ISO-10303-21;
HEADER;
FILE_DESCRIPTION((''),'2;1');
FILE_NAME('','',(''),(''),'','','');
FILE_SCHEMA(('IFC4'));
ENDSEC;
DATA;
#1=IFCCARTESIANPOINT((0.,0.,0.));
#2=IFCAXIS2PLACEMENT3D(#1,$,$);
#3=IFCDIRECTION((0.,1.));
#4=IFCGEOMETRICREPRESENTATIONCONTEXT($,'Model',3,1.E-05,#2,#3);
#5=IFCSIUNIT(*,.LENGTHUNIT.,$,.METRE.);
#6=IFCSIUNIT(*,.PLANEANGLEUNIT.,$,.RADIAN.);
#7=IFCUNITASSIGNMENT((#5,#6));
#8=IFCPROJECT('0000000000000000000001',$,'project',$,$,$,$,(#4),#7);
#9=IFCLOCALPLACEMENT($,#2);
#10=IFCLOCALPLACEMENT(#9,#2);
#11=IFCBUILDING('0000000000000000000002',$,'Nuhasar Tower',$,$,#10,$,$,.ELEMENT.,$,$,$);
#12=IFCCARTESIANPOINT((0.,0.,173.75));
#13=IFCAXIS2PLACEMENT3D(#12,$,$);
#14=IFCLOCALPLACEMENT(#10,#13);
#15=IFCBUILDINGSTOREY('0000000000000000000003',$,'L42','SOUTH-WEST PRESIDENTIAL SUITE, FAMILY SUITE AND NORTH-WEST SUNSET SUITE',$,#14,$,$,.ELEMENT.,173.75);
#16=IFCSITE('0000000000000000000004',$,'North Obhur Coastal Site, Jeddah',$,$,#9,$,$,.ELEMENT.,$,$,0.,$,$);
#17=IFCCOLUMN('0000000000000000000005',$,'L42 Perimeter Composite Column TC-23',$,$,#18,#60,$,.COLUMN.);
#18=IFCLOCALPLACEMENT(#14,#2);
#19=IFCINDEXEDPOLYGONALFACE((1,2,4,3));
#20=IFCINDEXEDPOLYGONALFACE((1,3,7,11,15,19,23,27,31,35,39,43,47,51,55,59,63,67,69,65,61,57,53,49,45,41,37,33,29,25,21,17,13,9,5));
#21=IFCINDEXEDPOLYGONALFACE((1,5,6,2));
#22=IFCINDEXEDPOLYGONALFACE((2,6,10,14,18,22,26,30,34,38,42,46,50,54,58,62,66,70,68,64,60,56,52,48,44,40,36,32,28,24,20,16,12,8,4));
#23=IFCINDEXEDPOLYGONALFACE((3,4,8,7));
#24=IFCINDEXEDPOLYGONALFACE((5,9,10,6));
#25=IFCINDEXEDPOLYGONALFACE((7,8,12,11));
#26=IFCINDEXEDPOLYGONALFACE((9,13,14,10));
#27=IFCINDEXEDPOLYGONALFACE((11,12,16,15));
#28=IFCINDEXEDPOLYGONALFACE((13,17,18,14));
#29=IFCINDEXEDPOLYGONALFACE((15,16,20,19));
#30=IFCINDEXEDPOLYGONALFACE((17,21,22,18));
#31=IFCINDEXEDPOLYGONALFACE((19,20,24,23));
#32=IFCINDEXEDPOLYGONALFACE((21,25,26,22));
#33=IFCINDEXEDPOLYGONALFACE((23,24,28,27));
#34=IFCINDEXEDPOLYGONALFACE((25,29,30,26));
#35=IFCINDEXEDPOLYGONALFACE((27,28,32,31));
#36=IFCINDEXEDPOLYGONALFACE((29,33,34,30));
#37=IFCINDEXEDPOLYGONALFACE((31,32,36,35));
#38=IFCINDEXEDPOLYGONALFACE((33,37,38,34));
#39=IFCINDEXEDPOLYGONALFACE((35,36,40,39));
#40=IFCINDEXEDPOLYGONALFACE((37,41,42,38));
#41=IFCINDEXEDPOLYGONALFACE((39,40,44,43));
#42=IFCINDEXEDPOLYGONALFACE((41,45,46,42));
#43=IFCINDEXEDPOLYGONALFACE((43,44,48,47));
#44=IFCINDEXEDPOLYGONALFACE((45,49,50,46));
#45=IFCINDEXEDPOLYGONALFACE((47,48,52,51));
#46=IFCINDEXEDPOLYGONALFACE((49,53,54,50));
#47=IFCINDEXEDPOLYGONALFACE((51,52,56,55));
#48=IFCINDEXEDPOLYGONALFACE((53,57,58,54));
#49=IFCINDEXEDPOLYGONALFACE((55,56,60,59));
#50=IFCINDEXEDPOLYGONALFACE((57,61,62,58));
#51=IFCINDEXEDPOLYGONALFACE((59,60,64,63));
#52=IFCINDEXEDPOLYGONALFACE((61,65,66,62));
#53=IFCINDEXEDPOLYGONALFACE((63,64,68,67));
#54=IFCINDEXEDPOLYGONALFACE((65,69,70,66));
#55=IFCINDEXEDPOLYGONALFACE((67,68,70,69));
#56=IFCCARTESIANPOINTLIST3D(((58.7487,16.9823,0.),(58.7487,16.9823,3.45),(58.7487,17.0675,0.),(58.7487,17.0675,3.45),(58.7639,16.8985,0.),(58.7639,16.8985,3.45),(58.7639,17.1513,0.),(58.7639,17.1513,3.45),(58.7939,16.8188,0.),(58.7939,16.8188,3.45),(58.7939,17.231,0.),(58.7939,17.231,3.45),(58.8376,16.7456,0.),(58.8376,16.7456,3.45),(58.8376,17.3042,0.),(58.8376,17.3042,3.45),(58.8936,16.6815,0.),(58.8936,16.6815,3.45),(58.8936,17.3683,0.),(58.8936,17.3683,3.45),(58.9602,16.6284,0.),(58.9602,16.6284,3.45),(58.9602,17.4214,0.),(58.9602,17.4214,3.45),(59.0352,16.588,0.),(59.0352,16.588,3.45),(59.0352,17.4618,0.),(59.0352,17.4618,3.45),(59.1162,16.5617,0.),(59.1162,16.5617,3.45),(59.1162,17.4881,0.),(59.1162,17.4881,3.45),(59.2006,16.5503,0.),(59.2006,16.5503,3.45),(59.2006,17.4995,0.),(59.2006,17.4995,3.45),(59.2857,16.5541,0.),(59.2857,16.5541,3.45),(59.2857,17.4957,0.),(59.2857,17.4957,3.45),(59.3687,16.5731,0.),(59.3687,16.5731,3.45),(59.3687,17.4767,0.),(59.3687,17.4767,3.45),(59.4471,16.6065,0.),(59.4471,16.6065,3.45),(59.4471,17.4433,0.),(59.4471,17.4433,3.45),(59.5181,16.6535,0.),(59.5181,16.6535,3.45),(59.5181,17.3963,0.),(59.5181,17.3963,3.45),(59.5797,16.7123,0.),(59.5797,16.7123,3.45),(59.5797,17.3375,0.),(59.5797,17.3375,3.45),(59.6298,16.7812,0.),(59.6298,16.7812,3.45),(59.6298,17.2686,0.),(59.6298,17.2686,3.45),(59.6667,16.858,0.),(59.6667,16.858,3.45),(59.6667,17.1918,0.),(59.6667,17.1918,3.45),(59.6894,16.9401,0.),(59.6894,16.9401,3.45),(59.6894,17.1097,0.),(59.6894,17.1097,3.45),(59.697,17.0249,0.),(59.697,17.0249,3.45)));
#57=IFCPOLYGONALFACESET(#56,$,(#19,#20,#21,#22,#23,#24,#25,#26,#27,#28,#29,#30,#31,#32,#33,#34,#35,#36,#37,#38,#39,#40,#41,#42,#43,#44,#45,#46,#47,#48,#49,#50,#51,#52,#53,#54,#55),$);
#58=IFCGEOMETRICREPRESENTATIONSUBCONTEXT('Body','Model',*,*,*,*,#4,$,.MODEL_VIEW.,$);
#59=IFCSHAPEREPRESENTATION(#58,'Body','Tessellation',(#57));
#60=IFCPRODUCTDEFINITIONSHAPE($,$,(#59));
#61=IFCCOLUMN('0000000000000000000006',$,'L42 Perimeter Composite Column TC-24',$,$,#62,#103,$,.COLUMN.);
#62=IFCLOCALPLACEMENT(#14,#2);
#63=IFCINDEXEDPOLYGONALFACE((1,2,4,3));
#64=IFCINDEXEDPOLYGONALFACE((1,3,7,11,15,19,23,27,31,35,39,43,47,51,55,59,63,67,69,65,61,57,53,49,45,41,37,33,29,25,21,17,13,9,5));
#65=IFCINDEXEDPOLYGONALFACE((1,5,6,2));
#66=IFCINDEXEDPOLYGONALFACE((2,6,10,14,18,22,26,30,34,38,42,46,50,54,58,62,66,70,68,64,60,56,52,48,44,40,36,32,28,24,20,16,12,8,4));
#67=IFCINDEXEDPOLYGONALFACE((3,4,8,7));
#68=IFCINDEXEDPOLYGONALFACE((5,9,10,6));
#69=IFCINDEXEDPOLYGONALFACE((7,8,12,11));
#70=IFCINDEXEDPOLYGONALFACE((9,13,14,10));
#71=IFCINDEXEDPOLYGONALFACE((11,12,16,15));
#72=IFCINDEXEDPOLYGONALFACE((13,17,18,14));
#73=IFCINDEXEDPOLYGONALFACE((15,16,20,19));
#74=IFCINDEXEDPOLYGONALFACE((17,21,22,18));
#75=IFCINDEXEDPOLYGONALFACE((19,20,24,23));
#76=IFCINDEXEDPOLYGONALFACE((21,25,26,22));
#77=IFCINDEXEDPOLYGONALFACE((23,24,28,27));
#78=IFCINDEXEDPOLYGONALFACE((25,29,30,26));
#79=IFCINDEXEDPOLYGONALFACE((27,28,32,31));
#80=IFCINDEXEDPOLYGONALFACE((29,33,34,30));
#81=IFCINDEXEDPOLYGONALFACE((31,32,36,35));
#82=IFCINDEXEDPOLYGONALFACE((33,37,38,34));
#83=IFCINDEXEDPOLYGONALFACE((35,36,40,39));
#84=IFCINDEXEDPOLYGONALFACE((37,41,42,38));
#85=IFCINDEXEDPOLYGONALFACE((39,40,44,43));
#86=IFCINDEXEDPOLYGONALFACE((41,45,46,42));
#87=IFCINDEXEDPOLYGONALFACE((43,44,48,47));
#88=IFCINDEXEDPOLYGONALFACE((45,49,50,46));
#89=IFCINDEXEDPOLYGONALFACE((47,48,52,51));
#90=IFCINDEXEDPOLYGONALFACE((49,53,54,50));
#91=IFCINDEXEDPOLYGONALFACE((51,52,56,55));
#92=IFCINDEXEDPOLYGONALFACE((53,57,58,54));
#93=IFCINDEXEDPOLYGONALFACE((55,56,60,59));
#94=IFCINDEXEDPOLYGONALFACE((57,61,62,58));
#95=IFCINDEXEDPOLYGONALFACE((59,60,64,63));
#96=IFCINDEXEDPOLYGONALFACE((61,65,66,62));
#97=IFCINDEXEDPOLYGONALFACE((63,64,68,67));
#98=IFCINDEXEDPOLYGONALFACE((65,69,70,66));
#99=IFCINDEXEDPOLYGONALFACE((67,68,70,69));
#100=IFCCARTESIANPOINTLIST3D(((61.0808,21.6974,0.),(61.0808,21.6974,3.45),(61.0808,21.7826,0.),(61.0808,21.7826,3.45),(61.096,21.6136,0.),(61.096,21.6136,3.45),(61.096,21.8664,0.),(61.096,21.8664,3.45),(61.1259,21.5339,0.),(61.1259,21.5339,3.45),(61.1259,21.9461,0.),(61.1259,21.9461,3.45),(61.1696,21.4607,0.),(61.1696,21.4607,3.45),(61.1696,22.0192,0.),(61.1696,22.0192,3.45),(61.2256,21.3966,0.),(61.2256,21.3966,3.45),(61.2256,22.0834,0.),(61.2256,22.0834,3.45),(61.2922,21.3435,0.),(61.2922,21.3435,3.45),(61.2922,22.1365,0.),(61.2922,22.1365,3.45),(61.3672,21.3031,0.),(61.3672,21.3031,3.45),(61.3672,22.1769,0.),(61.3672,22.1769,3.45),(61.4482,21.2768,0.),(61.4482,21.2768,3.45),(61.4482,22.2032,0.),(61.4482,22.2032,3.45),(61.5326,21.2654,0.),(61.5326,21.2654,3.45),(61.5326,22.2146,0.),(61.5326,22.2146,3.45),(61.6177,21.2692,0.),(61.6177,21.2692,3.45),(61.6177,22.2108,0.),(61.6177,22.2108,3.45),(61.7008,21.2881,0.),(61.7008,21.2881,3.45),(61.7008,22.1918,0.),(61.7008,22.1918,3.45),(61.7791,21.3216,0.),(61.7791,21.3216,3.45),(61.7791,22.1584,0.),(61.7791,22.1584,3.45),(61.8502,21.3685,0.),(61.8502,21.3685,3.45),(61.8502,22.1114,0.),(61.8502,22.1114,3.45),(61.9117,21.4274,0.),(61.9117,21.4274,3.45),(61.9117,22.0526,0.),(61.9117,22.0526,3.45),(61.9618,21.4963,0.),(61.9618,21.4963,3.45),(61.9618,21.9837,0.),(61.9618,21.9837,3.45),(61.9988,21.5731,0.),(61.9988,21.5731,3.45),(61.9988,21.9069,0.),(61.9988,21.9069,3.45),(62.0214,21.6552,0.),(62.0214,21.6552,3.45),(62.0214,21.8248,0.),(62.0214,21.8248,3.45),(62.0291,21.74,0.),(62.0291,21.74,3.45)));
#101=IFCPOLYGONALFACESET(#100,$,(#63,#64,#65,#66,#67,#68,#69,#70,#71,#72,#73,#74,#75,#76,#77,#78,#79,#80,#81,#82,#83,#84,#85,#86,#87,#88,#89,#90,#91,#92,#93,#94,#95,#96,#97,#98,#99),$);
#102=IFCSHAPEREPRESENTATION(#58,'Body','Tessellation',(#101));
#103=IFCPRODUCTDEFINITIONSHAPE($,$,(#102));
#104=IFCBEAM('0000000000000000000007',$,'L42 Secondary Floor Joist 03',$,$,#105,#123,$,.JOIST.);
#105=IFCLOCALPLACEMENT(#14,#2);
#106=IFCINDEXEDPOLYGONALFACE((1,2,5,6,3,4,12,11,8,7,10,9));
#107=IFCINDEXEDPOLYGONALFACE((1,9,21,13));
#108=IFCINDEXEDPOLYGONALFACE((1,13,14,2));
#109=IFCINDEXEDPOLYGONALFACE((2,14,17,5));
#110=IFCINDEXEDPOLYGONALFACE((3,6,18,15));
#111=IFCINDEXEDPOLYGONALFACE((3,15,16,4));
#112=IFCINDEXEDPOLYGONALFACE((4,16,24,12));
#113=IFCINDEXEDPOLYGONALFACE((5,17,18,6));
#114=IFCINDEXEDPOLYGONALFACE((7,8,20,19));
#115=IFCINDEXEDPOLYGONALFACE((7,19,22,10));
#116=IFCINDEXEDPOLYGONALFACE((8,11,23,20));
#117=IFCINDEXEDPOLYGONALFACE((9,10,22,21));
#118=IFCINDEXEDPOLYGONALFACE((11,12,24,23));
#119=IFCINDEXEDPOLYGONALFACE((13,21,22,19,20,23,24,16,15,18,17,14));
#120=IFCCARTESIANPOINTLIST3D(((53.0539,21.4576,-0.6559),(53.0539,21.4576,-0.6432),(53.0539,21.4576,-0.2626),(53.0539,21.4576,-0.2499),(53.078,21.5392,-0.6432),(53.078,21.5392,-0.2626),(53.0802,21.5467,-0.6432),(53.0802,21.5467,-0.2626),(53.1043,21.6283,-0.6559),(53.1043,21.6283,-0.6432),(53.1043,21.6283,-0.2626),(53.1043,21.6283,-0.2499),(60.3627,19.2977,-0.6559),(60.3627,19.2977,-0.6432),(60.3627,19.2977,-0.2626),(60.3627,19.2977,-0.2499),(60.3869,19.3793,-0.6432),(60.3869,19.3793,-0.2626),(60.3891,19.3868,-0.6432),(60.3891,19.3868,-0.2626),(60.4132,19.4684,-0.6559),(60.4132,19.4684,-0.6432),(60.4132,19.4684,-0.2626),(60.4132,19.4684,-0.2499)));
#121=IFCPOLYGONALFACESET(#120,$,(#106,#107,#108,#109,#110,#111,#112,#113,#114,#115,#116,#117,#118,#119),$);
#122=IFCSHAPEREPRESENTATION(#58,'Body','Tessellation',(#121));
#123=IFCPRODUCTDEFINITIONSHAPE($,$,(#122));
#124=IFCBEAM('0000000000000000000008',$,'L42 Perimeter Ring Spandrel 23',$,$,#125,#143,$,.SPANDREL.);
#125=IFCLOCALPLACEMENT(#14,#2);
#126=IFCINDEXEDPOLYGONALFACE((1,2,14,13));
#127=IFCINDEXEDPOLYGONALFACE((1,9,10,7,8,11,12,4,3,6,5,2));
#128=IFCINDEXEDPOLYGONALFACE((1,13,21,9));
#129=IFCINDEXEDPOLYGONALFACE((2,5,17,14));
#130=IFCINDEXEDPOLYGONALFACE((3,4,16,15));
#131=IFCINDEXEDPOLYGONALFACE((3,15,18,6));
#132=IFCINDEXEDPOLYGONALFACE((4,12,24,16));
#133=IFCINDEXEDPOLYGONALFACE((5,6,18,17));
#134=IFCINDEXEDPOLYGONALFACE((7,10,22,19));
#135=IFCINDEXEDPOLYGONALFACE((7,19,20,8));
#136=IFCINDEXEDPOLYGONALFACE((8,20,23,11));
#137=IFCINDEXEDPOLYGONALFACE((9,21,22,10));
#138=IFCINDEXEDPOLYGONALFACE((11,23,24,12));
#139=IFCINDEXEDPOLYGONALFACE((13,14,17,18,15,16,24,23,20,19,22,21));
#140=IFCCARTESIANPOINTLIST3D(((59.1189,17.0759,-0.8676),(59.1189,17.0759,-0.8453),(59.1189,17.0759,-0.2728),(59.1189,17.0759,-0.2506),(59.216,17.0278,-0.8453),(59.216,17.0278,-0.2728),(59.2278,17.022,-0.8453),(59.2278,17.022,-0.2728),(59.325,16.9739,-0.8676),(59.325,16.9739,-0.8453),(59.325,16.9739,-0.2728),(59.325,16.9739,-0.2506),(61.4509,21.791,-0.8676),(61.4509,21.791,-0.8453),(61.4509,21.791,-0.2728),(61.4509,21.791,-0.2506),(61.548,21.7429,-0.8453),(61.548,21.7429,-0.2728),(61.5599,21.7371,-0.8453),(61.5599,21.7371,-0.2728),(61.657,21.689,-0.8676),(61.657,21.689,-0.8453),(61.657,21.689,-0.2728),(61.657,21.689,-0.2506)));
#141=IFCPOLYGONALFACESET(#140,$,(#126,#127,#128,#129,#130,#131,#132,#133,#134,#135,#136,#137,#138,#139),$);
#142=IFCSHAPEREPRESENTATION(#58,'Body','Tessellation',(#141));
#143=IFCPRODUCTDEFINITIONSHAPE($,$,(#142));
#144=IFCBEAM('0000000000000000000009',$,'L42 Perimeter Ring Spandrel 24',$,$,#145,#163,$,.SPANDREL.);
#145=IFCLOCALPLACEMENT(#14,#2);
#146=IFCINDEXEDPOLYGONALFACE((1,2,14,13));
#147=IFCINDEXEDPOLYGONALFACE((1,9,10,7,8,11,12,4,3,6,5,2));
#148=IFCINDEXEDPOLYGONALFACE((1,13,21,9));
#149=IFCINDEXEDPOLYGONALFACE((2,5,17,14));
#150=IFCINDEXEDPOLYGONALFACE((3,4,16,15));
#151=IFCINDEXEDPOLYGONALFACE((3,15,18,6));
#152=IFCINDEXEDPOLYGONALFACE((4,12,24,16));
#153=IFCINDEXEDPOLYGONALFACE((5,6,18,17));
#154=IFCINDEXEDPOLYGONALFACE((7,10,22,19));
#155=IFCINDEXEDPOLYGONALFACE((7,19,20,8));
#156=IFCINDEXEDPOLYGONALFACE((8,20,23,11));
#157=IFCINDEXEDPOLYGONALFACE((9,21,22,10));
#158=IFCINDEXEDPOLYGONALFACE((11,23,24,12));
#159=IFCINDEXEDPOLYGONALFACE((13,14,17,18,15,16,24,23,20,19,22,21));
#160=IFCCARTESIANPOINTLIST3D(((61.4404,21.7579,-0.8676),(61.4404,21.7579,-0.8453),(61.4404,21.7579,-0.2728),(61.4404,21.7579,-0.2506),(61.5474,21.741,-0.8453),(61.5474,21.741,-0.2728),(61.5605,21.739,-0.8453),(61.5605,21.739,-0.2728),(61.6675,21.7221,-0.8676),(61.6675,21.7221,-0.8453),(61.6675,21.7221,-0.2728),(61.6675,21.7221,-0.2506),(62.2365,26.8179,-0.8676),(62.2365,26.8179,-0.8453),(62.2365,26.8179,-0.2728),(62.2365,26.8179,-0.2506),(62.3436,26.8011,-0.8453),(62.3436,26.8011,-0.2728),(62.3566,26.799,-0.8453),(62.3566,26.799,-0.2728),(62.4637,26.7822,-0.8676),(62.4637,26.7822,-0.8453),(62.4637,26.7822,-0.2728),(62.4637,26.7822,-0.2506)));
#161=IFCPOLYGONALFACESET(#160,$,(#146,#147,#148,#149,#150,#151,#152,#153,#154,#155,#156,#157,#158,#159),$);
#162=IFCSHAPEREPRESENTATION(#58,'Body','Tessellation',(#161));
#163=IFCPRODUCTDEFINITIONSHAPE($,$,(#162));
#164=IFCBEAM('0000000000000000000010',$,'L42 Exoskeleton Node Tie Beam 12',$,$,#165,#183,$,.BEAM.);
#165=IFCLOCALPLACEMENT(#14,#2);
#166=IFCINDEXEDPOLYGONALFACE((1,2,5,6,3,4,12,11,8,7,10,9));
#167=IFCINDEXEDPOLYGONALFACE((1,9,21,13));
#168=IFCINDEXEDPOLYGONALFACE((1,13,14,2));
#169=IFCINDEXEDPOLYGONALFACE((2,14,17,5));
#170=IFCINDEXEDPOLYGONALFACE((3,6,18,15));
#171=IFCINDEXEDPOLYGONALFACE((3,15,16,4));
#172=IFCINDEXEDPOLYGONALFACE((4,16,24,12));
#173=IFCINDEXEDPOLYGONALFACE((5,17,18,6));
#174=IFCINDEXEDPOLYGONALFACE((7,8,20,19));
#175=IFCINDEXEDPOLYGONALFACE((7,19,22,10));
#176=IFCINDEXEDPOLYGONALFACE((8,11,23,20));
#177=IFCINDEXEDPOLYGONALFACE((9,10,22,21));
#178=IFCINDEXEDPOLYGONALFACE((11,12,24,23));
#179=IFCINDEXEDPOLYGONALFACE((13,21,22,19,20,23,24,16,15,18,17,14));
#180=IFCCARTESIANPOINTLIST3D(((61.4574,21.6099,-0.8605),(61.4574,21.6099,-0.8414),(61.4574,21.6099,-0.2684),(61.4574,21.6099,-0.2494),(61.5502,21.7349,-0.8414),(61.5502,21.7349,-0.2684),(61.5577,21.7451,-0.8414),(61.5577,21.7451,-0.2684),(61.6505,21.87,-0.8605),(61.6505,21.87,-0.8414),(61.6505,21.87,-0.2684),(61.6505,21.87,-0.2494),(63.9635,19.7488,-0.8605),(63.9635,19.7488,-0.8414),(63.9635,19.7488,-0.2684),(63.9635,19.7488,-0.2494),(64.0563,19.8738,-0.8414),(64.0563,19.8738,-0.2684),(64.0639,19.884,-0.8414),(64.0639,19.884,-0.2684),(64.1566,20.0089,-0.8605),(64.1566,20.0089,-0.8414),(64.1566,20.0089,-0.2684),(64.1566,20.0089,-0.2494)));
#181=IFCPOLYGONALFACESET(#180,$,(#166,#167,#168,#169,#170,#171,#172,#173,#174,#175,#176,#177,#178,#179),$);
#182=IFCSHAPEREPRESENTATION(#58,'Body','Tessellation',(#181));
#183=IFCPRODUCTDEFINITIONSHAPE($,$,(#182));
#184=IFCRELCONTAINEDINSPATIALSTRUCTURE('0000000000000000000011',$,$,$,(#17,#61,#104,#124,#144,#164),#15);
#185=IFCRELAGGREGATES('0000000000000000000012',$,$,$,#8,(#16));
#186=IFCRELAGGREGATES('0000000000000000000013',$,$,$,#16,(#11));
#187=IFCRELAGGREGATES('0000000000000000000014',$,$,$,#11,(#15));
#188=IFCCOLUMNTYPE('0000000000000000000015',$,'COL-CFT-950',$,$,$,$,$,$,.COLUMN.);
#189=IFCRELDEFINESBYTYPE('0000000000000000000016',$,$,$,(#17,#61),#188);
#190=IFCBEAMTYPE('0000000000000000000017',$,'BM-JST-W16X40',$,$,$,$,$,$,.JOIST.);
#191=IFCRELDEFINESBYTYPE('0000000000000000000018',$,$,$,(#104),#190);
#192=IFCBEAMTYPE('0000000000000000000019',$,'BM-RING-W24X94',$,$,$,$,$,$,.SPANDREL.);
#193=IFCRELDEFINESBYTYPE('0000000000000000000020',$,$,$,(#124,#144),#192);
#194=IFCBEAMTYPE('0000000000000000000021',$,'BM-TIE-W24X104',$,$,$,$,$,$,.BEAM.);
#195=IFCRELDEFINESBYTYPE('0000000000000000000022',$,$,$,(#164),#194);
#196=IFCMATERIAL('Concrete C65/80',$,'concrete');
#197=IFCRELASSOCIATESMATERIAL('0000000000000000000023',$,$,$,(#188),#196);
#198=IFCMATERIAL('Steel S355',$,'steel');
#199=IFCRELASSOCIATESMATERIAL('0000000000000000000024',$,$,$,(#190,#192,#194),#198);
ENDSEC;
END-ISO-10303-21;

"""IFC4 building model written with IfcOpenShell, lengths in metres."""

from ifc_helpers import new_model, si_unit, direction, frame, origin, origin_2d, place, context, subcontext, project, spatial, circle, i_section, extrude, material, material_profile, profile_set, type_object, element, save


model = new_model("IFC4")

# Units and contexts
model_context = context("Model", 3, precision=1e-05, world=origin(), true_north=direction((0.0, 1.0)))
body_context = subcontext(model_context, "Body", "Model", "MODEL_VIEW")
ifc_project = project(units=[si_unit("LENGTHUNIT", "METRE"), si_unit("PLANEANGLEUNIT", "RADIAN")], contexts=[model_context])

# Site, building, storey
site_placement = place(None, origin())
site = spatial("IfcSite", under=ifc_project, at=site_placement, Name="North Obhur Coastal Site, Jeddah", CompositionType="ELEMENT", RefElevation=0.0)
building_placement = place(site_placement, origin())
building = spatial("IfcBuilding", under=site, at=building_placement, Name="Nuhasar Tower", CompositionType="ELEMENT")
storey_placement = place(building_placement, frame((0.0, 0.0, 173.75)))
storey = spatial("IfcBuildingStorey", under=building, at=storey_placement, Name="L42", Description="SOUTH-WEST PRESIDENTIAL SUITE, FAMILY SUITE AND NORTH-WEST SUNSET SUITE", CompositionType="ELEMENT", Elevation=173.75)

# Columns
ifc_material_1 = material(Name="Concrete C65/80", Category="concrete")
ifc_material_profile_1 = material_profile(ifc_material_1, circle(Radius=0.4751, at=origin_2d()), Name="CFT950")
ifc_profile_set_1 = profile_set([ifc_material_profile_1], Name="Concrete C65/80")
column_type = type_object("IfcColumnType", Name="COL-CFT-950", PredefinedType="COLUMN", material=ifc_profile_set_1)
for number, where, z_axis, x_axis, name in (
    (1, (59.2219, 17.0249, 0.0), (0.0, 0.0, 1.0), (1.0, 0.0, 0.0), "L42 Perimeter Composite Column TC-23"),
    (2, (61.554, 21.74, 0.0), (0.0, 0.0, 1.0), (1.0, 0.0, 0.0), "L42 Perimeter Composite Column TC-24"),
):
    element("IfcColumn", number, at=place(storey_placement, frame(where, z_axis=z_axis, x_axis=x_axis)), inside=storey, type_object=column_type, Name=name, PredefinedType="COLUMN", context=body_context, shape_type="SweptSolid", body=[
        extrude(circle(Radius=0.4751, at=origin_2d()), origin(), (0.0, 0.0, 1.0), 3.45),
    ])

# Beams
ifc_material_2 = material(Name="Steel S355", Category="steel")
ifc_material_profile_2 = material_profile(ifc_material_2, i_section(OverallWidth=0.178, OverallDepth=0.406, WebThickness=0.0078, FlangeThickness=0.0127, at=origin_2d()), Name="W16X40")
ifc_profile_set_2 = profile_set([ifc_material_profile_2], Name="Steel S355")
beam_type_1 = type_object("IfcBeamType", Name="BM-JST-W16X40", PredefinedType="JOIST", material=ifc_profile_set_2)
beam_1_placement = place(storey_placement, frame((53.0791, 21.543, -0.4529), z_axis=(0.959, -0.283404, 0.0), x_axis=(0.283404, 0.959, 0.0)))
element("IfcBeam", 3, at=beam_1_placement, inside=storey, type_object=beam_type_1, Name="L42 Secondary Floor Joist 03", PredefinedType="JOIST", context=body_context, shape_type="SweptSolid", body=[
    extrude(i_section(OverallWidth=0.178, OverallDepth=0.406, WebThickness=0.0078, FlangeThickness=0.0127, at=origin_2d()), origin(), (0.0, 0.0, 1.0), 7.6213),
])
ifc_material_profile_3 = material_profile(ifc_material_2, i_section(OverallWidth=0.23, OverallDepth=0.6169, WebThickness=0.0132, FlangeThickness=0.0222, at=origin_2d()), Name="W24X94")
ifc_profile_set_3 = profile_set([ifc_material_profile_3], Name="Steel S355")
beam_type_2 = type_object("IfcBeamType", Name="BM-RING-W24X94", PredefinedType="SPANDREL", material=ifc_profile_set_3)
beam_2_placement = place(storey_placement, frame((59.2219, 17.0249, -0.5591), z_axis=(0.443329, 0.896359, 0.0), x_axis=(-0.896359, 0.443329, 0.0)))
element("IfcBeam", 4, at=beam_2_placement, inside=storey, type_object=beam_type_2, Name="L42 Perimeter Ring Spandrel 23", PredefinedType="SPANDREL", context=body_context, shape_type="SweptSolid", body=[
    extrude(i_section(OverallWidth=0.23, OverallDepth=0.6169, WebThickness=0.0132, FlangeThickness=0.0222, at=origin_2d()), origin(), (0.0, 0.0, 1.0), 5.2603),
])
beam_3_placement = place(storey_placement, frame((61.554, 21.74, -0.5591), z_axis=(0.155427, 0.987847, 0.0), x_axis=(-0.987847, 0.155427, 0.0)))
element("IfcBeam", 5, at=beam_3_placement, inside=storey, type_object=beam_type_2, Name="L42 Perimeter Ring Spandrel 24", PredefinedType="SPANDREL", context=body_context, shape_type="SweptSolid", body=[
    extrude(i_section(OverallWidth=0.23, OverallDepth=0.6169, WebThickness=0.0132, FlangeThickness=0.0222, at=origin_2d()), origin(), (0.0, 0.0, 1.0), 5.1223),
])
ifc_material_profile_4 = material_profile(ifc_material_2, i_section(OverallWidth=0.324, OverallDepth=0.6111, WebThickness=0.0127, FlangeThickness=0.019, at=origin_2d()), Name="W24X104")
ifc_profile_set_4 = profile_set([ifc_material_profile_4], Name="Steel S355")
beam_type_3 = type_object("IfcBeamType", Name="BM-TIE-W24X104", PredefinedType="BEAM", material=ifc_profile_set_4)
beam_4_placement = place(storey_placement, frame((61.554, 21.74, -0.5549), z_axis=(0.802835, -0.596202, 0.0), x_axis=(0.596202, 0.802835, 0.0)))
element("IfcBeam", 6, at=beam_4_placement, inside=storey, type_object=beam_type_3, Name="L42 Exoskeleton Node Tie Beam 12", PredefinedType="BEAM", context=body_context, shape_type="SweptSolid", body=[
    extrude(i_section(OverallWidth=0.324, OverallDepth=0.6111, WebThickness=0.0127, FlangeThickness=0.019, at=origin_2d()), origin(), (0.0, 0.0, 1.0), 3.1216),
])

save(model, "model.ifc")
